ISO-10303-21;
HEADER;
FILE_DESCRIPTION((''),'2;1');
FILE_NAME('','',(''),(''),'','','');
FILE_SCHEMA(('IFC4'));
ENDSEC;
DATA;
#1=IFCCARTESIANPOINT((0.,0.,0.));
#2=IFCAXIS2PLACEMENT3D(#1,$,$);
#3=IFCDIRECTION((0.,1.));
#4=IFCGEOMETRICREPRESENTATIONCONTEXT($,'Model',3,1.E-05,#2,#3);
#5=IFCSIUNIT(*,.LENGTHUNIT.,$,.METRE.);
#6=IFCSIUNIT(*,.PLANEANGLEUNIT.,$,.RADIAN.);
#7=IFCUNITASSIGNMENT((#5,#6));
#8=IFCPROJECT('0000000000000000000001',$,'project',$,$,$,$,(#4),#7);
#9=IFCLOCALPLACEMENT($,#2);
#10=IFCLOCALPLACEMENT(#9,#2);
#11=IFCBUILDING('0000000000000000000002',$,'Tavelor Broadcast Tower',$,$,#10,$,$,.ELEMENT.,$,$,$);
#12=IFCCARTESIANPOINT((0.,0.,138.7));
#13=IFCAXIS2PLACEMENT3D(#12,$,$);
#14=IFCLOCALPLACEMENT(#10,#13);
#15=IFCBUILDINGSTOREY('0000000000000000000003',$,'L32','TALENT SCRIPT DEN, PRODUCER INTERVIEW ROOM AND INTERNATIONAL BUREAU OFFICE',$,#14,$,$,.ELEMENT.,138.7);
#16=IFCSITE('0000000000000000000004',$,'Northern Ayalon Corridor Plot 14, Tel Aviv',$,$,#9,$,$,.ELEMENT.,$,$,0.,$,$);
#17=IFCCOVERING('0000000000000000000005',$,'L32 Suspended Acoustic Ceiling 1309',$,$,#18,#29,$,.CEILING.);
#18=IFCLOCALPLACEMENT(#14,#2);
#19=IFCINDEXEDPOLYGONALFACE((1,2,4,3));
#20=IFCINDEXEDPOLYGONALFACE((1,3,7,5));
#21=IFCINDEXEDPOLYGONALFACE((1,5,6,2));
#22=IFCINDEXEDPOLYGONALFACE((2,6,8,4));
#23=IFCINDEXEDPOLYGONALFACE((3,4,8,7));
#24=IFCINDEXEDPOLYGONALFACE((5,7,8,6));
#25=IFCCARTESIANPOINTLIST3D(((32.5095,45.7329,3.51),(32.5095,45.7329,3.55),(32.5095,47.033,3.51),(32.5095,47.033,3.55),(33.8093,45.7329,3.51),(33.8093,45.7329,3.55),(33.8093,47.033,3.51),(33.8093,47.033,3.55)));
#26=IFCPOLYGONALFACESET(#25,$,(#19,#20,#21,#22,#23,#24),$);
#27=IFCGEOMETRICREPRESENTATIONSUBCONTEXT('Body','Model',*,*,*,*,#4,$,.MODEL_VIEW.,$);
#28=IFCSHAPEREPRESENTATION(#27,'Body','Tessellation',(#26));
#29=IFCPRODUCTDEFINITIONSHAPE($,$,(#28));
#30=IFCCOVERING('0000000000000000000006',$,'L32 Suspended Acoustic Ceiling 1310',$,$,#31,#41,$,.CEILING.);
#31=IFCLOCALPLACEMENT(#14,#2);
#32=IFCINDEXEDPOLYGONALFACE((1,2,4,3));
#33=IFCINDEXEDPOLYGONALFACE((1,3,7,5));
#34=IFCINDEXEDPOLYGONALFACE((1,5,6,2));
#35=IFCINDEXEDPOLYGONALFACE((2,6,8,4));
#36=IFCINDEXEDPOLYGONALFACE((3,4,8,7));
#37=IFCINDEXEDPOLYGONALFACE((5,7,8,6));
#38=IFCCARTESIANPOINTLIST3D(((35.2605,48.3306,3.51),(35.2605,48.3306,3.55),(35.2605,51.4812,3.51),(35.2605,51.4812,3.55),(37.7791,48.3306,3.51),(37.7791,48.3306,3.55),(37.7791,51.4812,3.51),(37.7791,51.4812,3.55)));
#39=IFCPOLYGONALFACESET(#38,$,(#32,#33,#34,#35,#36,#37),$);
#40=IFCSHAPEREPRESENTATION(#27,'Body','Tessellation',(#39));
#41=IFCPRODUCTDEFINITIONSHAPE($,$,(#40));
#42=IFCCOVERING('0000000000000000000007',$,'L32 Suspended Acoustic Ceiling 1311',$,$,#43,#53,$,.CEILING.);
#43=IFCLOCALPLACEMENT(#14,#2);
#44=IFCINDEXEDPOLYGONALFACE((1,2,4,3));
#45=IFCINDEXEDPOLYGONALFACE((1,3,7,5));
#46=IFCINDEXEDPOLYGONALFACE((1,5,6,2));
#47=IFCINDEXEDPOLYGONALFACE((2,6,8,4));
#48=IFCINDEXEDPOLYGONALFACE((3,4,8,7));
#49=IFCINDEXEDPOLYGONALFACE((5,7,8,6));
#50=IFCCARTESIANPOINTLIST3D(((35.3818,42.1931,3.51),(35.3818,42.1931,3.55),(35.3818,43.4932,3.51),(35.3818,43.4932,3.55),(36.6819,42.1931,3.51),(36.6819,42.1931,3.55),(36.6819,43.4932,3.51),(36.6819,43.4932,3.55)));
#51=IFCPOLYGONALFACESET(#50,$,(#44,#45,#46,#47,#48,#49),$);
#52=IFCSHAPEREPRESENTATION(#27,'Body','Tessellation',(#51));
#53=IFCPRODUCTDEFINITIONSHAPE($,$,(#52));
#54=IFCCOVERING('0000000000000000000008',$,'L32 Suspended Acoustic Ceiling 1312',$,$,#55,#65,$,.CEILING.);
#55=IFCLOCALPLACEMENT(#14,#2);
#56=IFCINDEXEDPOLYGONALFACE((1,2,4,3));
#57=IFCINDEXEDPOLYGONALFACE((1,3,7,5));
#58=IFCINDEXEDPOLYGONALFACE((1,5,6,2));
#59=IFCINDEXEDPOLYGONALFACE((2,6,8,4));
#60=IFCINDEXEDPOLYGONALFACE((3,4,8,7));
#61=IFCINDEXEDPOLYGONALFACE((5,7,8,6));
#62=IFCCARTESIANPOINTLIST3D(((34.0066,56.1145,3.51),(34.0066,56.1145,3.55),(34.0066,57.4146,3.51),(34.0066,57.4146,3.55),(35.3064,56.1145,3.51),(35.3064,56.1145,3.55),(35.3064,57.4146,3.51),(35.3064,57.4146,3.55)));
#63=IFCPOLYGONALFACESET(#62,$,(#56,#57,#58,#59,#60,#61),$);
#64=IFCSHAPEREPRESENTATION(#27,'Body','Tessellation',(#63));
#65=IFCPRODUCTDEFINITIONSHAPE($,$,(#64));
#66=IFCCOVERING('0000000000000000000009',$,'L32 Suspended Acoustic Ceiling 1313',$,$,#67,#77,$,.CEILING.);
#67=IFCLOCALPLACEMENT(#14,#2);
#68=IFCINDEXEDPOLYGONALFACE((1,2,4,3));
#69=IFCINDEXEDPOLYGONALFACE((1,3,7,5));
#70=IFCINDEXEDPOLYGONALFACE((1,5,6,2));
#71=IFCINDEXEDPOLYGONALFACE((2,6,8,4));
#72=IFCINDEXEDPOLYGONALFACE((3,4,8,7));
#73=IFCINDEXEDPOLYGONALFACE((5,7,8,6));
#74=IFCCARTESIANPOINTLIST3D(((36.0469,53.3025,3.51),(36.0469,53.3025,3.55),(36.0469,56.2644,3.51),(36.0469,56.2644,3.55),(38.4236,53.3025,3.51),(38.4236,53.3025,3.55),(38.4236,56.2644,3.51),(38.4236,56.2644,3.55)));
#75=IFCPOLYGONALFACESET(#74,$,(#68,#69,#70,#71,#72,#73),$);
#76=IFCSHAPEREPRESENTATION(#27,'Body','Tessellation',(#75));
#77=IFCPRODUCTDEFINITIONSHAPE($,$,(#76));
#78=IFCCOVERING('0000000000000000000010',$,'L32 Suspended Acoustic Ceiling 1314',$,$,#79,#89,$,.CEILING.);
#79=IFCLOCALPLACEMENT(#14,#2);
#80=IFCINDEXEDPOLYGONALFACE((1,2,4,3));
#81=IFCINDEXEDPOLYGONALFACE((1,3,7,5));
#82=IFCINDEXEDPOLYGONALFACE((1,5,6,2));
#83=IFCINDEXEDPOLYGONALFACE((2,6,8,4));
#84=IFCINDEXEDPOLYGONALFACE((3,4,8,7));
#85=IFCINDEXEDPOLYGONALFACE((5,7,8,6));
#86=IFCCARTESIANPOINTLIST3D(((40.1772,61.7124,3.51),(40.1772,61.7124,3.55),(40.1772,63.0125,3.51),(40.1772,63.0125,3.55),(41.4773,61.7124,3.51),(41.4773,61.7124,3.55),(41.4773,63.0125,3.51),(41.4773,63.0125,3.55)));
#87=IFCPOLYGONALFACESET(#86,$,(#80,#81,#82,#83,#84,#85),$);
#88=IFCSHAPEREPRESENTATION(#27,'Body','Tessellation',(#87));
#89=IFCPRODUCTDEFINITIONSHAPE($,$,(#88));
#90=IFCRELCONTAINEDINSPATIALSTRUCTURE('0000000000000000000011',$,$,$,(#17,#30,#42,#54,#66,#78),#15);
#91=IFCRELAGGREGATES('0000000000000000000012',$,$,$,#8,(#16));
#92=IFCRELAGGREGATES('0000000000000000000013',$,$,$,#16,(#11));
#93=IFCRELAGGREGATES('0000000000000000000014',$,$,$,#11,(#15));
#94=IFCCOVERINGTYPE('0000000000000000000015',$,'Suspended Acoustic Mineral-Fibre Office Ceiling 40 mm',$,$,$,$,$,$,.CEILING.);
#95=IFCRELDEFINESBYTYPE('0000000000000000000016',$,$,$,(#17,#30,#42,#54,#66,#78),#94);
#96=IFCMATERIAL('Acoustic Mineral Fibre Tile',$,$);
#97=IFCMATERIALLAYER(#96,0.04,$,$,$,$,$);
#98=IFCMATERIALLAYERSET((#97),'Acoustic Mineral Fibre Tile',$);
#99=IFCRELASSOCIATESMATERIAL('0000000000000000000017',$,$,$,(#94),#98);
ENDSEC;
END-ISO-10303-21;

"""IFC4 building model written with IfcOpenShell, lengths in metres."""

from ifc_helpers import new_model, si_unit, direction, frame, origin, place, context, subcontext, project, spatial, polyline, outline, extrude, material, layer, layer_set, type_object, element, save


model = new_model("IFC4")

# Units and contexts
model_context = context("Model", 3, precision=1e-05, world=origin(), true_north=direction((0.0, 1.0)))
body_context = subcontext(model_context, "Body", "Model", "MODEL_VIEW")
ifc_project = project(units=[si_unit("LENGTHUNIT", "METRE"), si_unit("PLANEANGLEUNIT", "RADIAN")], contexts=[model_context])

# Site, building, storey
site_placement = place(None, origin())
site = spatial("IfcSite", under=ifc_project, at=site_placement, Name="Northern Ayalon Corridor Plot 14, Tel Aviv", CompositionType="ELEMENT", RefElevation=0.0)
building_placement = place(site_placement, origin())
building = spatial("IfcBuilding", under=site, at=building_placement, Name="Tavelor Broadcast Tower", CompositionType="ELEMENT")
storey_placement = place(building_placement, frame((0.0, 0.0, 138.7)))
storey = spatial("IfcBuildingStorey", under=building, at=storey_placement, Name="L32", Description="TALENT SCRIPT DEN, PRODUCER INTERVIEW ROOM AND INTERNATIONAL BUREAU OFFICE", CompositionType="ELEMENT", Elevation=138.7)

# Coverings
ifc_material_1 = material(Name="Acoustic Mineral Fibre Tile")
ifc_layer_1 = layer(ifc_material_1, 0.04)
ifc_layer_set_1 = layer_set([ifc_layer_1], Name="Acoustic Mineral Fibre Tile")
covering_type_1 = type_object("IfcCoveringType", Name="Suspended Acoustic Mineral-Fibre Office Ceiling 40 mm", PredefinedType="CEILING", material=ifc_layer_set_1)
covering_1_placement = place(storey_placement, frame((0.0, 0.0, 3.51)))
element("IfcCovering", 1, at=covering_1_placement, inside=storey, type_object=covering_type_1, Name="L32 Suspended Acoustic Ceiling 1309", PredefinedType="CEILING", context=body_context, shape_type="SweptSolid", body=[
    extrude(outline(polyline([(32.5095, 45.7329), (33.8093, 45.7329), (33.8093, 47.033), (32.5095, 47.033), (32.5095, 45.7329)])), origin(), (0.0, 0.0, 1.0), 0.04),
])
covering_2_placement = place(storey_placement, frame((0.0, 0.0, 3.51)))
element("IfcCovering", 2, at=covering_2_placement, inside=storey, type_object=covering_type_1, Name="L32 Suspended Acoustic Ceiling 1310", PredefinedType="CEILING", context=body_context, shape_type="SweptSolid", body=[
    extrude(outline(polyline([(35.2605, 48.3306), (37.7791, 48.3306), (37.7791, 51.4812), (35.2605, 51.4812), (35.2605, 48.3306)])), origin(), (0.0, 0.0, 1.0), 0.04),
])
covering_3_placement = place(storey_placement, frame((0.0, 0.0, 3.51)))
element("IfcCovering", 3, at=covering_3_placement, inside=storey, type_object=covering_type_1, Name="L32 Suspended Acoustic Ceiling 1311", PredefinedType="CEILING", context=body_context, shape_type="SweptSolid", body=[
    extrude(outline(polyline([(35.3818, 42.1931), (36.6819, 42.1931), (36.6819, 43.4932), (35.3818, 43.4932), (35.3818, 42.1931)])), origin(), (0.0, 0.0, 1.0), 0.04),
])
covering_4_placement = place(storey_placement, frame((0.0, 0.0, 3.51)))
element("IfcCovering", 4, at=covering_4_placement, inside=storey, type_object=covering_type_1, Name="L32 Suspended Acoustic Ceiling 1312", PredefinedType="CEILING", context=body_context, shape_type="SweptSolid", body=[
    extrude(outline(polyline([(34.0066, 56.1145), (35.3064, 56.1145), (35.3064, 57.4146), (34.0066, 57.4146), (34.0066, 56.1145)])), origin(), (0.0, 0.0, 1.0), 0.04),
])
covering_5_placement = place(storey_placement, frame((0.0, 0.0, 3.51)))
element("IfcCovering", 5, at=covering_5_placement, inside=storey, type_object=covering_type_1, Name="L32 Suspended Acoustic Ceiling 1313", PredefinedType="CEILING", context=body_context, shape_type="SweptSolid", body=[
    extrude(outline(polyline([(36.0469, 53.3025), (38.4236, 53.3025), (38.4236, 56.2644), (36.0469, 56.2644), (36.0469, 53.3025)])), origin(), (0.0, 0.0, 1.0), 0.04),
])
covering_6_placement = place(storey_placement, frame((0.0, 0.0, 3.51)))
element("IfcCovering", 6, at=covering_6_placement, inside=storey, type_object=covering_type_1, Name="L32 Suspended Acoustic Ceiling 1314", PredefinedType="CEILING", context=body_context, shape_type="SweptSolid", body=[
    extrude(outline(polyline([(40.1772, 61.7124), (41.4773, 61.7124), (41.4773, 63.0125), (40.1772, 63.0125), (40.1772, 61.7124)])), origin(), (0.0, 0.0, 1.0), 0.04),
])

save(model, "model.ifc")
